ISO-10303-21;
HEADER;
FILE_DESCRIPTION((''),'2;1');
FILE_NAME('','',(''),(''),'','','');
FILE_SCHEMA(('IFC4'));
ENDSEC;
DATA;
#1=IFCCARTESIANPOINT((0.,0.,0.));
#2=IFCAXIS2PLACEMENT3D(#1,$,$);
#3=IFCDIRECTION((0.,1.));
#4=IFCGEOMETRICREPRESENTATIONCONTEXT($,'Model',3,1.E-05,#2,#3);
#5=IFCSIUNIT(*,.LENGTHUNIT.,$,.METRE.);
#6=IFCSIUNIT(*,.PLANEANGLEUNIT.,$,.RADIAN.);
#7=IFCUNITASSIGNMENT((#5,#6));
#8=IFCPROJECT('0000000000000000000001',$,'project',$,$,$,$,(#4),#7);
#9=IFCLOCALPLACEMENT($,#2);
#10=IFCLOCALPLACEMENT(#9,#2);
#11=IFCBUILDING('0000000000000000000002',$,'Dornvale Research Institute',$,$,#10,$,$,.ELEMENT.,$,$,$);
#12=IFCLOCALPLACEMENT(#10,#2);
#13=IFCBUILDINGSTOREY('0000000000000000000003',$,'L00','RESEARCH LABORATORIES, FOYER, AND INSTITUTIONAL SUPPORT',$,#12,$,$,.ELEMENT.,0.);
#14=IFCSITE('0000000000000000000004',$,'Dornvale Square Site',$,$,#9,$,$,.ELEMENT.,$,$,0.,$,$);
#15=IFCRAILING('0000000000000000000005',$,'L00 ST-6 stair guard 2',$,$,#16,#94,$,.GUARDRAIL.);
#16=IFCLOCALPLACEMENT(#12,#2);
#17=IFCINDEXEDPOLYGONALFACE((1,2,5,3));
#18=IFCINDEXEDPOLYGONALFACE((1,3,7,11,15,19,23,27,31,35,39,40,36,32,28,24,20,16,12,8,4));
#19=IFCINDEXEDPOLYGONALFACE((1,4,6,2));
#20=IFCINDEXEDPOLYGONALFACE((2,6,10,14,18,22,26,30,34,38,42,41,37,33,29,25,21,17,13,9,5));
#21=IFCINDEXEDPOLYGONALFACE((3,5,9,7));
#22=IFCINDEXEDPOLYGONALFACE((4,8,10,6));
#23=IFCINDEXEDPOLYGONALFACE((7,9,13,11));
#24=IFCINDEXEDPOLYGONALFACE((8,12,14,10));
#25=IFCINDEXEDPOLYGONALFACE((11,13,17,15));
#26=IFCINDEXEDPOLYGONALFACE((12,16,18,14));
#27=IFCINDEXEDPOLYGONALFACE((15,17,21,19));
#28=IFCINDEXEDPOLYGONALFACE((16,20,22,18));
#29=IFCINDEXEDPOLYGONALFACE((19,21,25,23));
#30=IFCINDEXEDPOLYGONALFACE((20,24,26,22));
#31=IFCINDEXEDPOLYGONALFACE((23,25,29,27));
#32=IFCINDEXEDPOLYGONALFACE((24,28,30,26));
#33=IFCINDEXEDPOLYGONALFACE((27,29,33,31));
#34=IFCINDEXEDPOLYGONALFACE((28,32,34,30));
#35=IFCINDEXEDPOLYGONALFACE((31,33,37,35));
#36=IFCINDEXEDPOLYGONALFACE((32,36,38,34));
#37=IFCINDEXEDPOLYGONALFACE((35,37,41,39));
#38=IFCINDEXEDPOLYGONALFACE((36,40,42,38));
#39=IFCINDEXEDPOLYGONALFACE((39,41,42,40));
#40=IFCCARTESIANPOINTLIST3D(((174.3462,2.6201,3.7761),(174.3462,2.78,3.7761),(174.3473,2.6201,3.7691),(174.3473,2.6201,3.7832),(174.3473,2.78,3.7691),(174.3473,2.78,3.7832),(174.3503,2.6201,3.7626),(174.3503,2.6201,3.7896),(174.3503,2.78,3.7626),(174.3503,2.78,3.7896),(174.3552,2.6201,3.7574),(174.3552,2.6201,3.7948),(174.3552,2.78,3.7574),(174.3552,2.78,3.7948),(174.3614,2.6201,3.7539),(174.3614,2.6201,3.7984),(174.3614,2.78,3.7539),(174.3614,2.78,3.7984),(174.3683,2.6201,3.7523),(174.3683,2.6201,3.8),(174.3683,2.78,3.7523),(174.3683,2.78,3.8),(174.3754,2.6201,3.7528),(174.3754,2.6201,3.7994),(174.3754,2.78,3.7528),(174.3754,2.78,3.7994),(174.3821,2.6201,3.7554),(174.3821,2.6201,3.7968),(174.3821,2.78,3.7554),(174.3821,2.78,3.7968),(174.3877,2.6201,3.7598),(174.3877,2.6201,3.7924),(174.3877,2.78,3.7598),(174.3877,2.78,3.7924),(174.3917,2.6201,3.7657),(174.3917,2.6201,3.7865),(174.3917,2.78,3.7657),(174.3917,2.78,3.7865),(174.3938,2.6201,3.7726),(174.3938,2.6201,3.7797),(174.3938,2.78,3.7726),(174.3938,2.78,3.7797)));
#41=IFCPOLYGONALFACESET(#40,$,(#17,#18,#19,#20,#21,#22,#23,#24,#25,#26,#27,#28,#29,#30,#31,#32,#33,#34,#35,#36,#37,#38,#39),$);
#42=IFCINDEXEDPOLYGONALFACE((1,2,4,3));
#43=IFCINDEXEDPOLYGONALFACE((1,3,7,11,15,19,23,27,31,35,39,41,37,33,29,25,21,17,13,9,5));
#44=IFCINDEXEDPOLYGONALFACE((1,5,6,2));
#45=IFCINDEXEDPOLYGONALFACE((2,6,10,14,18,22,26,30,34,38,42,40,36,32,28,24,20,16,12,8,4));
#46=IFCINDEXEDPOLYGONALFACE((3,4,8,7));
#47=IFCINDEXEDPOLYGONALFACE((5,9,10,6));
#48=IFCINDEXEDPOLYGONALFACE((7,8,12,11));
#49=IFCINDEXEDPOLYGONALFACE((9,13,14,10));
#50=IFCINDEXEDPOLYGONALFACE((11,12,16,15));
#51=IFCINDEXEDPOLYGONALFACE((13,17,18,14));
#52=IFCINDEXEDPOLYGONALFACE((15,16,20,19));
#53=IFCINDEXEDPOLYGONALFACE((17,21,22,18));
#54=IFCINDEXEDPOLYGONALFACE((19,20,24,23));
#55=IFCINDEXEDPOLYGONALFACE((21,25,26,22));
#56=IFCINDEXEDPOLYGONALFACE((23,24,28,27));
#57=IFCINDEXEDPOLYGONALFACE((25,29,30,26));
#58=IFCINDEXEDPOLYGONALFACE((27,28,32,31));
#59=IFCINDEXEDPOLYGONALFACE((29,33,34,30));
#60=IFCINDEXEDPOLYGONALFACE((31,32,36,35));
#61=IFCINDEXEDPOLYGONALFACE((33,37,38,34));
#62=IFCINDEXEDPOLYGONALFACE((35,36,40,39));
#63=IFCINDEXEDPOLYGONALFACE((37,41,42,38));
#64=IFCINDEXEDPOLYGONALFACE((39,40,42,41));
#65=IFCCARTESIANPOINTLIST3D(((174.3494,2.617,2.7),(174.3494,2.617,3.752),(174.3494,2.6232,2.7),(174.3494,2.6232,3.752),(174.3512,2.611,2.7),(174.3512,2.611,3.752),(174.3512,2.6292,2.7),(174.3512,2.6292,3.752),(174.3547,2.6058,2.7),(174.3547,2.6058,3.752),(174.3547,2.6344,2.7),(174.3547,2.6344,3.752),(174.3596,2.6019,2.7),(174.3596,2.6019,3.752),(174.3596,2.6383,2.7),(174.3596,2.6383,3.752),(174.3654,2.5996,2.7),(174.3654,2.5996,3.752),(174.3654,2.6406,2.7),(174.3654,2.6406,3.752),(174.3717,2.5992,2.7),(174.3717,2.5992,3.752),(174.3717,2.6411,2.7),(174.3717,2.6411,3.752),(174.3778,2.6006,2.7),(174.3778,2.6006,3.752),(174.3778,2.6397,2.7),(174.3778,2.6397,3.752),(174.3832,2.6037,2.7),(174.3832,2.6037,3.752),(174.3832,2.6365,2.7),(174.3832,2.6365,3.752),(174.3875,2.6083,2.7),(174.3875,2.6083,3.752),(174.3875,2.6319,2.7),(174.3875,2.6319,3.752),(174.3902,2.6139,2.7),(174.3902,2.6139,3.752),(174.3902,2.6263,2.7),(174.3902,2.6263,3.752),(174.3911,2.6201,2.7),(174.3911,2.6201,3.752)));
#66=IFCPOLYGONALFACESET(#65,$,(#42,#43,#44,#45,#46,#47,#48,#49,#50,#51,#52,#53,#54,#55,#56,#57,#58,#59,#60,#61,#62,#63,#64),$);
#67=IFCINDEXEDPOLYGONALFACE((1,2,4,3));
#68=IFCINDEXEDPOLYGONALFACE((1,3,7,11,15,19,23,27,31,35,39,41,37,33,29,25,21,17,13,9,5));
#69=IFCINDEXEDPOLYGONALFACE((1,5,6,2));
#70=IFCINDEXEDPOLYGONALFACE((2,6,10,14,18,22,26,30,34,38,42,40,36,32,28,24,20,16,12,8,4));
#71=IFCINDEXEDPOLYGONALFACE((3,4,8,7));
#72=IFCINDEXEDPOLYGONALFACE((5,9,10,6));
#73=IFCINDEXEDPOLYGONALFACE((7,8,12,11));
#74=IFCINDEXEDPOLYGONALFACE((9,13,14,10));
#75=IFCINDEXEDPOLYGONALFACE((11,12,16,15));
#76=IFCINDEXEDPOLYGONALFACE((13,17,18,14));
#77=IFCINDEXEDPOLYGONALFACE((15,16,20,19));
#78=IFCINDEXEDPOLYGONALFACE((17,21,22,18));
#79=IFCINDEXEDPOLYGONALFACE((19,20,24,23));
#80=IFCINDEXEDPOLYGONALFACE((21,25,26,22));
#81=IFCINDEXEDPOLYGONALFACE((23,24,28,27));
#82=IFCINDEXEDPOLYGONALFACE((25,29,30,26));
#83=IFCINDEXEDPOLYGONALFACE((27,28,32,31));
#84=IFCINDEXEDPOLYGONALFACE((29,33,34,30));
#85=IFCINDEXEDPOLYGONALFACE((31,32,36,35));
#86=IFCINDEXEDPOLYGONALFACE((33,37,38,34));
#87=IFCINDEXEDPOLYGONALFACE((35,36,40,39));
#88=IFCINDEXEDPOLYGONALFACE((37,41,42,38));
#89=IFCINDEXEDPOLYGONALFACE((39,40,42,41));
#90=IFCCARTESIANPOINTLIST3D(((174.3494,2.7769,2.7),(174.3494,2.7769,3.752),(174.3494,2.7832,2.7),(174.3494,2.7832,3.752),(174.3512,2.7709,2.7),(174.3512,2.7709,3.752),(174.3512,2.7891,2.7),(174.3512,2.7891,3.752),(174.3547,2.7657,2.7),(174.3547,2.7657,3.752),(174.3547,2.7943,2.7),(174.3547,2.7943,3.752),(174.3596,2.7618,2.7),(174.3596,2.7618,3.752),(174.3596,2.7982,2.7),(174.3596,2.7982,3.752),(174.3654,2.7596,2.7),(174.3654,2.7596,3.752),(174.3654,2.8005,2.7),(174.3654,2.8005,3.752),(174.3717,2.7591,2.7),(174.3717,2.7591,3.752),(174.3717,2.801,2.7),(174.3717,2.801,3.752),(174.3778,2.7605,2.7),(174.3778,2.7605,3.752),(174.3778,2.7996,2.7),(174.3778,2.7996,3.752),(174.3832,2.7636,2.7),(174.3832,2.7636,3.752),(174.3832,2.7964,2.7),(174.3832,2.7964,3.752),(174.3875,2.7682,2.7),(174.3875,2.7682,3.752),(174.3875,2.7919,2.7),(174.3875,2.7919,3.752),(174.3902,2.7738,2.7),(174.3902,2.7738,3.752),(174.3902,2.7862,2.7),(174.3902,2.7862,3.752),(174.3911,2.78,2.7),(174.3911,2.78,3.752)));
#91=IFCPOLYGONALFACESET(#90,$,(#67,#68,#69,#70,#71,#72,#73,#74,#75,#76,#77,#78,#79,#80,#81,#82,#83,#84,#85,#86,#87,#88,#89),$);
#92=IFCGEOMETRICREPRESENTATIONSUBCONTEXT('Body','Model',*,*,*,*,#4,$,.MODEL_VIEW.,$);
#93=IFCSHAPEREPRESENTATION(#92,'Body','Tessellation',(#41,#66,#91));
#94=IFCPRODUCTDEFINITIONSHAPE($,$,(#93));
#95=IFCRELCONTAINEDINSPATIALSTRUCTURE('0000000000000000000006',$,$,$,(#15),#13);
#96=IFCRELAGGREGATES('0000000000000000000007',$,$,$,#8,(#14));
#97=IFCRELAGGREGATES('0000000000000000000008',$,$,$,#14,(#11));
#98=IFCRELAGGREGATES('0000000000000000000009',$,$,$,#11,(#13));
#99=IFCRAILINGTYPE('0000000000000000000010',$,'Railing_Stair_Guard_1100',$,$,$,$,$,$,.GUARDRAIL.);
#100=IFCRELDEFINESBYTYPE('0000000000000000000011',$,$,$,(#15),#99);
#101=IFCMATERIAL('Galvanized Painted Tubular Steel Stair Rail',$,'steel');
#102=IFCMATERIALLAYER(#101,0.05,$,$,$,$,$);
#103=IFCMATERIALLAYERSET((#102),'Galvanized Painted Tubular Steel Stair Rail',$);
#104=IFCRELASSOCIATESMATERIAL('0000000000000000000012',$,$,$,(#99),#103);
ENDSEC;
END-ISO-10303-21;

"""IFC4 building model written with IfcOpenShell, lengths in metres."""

from ifc_helpers import new_model, si_unit, direction, frame, origin, origin_2d, place, context, subcontext, project, spatial, circle, extrude, material, layer, layer_set, type_object, element, save


model = new_model("IFC4")

# Units and contexts
model_context = context("Model", 3, precision=1e-05, world=origin(), true_north=direction((0.0, 1.0)))
body_context = subcontext(model_context, "Body", "Model", "MODEL_VIEW")
ifc_project = project(units=[si_unit("LENGTHUNIT", "METRE"), si_unit("PLANEANGLEUNIT", "RADIAN")], contexts=[model_context])

# Site, building, storey
site_placement = place(None, origin())
site = spatial("IfcSite", under=ifc_project, at=site_placement, Name="Dornvale Square Site", CompositionType="ELEMENT", RefElevation=0.0)
building_placement = place(site_placement, origin())
building = spatial("IfcBuilding", under=site, at=building_placement, Name="Dornvale Research Institute", CompositionType="ELEMENT")
storey_placement = place(building_placement, origin())
storey = spatial("IfcBuildingStorey", under=building, at=storey_placement, Name="L00", Description="RESEARCH LABORATORIES, FOYER, AND INSTITUTIONAL SUPPORT", CompositionType="ELEMENT", Elevation=0.0)

# Railing
ifc_material_1 = material(Name="Galvanized Painted Tubular Steel Stair Rail", Category="steel")
ifc_layer_1 = layer(ifc_material_1, 0.05)
ifc_layer_set_1 = layer_set([ifc_layer_1], Name="Galvanized Painted Tubular Steel Stair Rail")
railing_type_1 = type_object("IfcRailingType", Name="Railing_Stair_Guard_1100", PredefinedType="GUARDRAIL", material=ifc_layer_set_1)
railing_1_placement = place(storey_placement, frame((174.3701, 2.6201, 2.7)))
element("IfcRailing", 1, at=railing_1_placement, inside=storey, type_object=railing_type_1, Name="L00 ST-6 stair guard 2", PredefinedType="GUARDRAIL", context=body_context, shape_type="SweptSolid", body=[
    extrude(circle(Radius=0.0239, at=origin_2d()), frame((0.0, 0.0, 1.0762), z_axis=(0.0, 1.0, 0.0), x_axis=(-1.0, 0.0, 0.0)), (0.0, 0.0, 1.0), 0.1599),
    extrude(circle(Radius=0.021, at=origin_2d()), origin(), (0.0, 0.0, 1.0), 1.052),
    extrude(circle(Radius=0.021, at=origin_2d()), frame((0.0, 0.1599, 0.0)), (0.0, 0.0, 1.0), 1.052),
])

save(model, "model.ifc")
